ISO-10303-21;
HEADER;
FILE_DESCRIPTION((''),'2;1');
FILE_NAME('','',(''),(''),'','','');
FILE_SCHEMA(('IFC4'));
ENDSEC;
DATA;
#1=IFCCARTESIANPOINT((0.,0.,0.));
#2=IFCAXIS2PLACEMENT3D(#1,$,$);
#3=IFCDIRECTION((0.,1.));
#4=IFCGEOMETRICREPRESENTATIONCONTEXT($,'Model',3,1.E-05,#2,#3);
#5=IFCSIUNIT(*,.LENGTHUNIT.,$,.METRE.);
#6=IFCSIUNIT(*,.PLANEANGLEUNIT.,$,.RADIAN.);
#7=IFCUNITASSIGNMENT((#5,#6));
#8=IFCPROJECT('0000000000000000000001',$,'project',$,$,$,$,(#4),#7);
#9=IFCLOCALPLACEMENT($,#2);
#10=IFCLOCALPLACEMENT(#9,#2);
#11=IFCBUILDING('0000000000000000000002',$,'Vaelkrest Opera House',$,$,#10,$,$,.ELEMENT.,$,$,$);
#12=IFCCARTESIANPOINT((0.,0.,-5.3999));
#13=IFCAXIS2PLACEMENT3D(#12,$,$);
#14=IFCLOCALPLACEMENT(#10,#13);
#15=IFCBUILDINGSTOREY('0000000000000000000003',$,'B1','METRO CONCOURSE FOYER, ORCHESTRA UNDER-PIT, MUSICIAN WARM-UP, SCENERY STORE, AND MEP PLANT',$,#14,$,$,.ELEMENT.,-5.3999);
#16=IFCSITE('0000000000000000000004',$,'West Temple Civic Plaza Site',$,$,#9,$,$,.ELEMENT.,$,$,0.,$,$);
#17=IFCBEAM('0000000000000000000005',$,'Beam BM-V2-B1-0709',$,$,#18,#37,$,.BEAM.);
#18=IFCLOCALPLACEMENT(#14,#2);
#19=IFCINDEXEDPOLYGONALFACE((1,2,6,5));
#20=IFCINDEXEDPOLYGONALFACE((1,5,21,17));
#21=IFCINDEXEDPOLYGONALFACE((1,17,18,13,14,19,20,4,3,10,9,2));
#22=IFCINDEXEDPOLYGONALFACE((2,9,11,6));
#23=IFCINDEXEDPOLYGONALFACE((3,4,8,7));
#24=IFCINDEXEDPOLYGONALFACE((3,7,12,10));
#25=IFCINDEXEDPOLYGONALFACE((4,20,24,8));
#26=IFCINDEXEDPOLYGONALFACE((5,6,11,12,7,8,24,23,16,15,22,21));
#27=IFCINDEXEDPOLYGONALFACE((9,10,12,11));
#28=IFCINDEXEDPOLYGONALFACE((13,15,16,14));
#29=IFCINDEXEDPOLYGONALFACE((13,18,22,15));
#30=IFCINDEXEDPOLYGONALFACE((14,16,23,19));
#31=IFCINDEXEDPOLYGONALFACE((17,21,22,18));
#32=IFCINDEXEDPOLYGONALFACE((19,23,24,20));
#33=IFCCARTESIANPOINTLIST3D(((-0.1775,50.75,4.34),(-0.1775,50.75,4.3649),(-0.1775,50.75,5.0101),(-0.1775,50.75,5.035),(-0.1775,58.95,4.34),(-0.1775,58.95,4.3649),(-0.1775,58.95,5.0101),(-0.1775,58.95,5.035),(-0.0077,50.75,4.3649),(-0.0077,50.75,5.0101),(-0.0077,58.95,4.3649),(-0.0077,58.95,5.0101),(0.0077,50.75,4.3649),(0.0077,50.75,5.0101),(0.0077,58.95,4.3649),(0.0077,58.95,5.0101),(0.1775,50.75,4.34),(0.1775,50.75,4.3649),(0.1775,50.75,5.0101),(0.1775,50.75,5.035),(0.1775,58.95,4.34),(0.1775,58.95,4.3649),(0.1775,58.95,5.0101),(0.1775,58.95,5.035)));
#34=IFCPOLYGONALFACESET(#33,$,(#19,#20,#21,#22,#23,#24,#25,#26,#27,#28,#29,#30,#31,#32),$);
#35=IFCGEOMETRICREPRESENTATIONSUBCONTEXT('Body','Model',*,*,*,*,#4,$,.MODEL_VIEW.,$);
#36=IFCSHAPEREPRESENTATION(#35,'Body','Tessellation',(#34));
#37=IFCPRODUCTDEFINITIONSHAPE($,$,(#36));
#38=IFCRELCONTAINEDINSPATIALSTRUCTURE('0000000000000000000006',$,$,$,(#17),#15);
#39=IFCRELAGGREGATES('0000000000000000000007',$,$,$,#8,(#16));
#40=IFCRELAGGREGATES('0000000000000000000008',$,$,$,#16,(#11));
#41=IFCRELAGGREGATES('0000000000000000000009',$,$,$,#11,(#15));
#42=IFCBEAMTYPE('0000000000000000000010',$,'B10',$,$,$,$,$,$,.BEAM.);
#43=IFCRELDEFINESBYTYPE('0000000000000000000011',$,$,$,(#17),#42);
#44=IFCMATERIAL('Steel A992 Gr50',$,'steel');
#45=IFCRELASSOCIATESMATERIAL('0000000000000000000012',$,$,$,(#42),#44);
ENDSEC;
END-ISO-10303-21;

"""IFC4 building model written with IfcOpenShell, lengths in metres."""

from ifc_helpers import new_model, si_unit, direction, frame, origin, origin_2d, place, context, subcontext, project, spatial, i_section, extrude, material, material_profile, profile_set, type_object, element, save


model = new_model("IFC4")

# Units and contexts
model_context = context("Model", 3, precision=1e-05, world=origin(), true_north=direction((0.0, 1.0)))
body_context = subcontext(model_context, "Body", "Model", "MODEL_VIEW")
ifc_project = project(units=[si_unit("LENGTHUNIT", "METRE"), si_unit("PLANEANGLEUNIT", "RADIAN")], contexts=[model_context])

# Site, building, storey
site_placement = place(None, origin())
site = spatial("IfcSite", under=ifc_project, at=site_placement, Name="West Temple Civic Plaza Site", CompositionType="ELEMENT", RefElevation=0.0)
building_placement = place(site_placement, origin())
building = spatial("IfcBuilding", under=site, at=building_placement, Name="Vaelkrest Opera House", CompositionType="ELEMENT")
storey_placement = place(building_placement, frame((0.0, 0.0, -5.3999)))
storey = spatial("IfcBuildingStorey", under=building, at=storey_placement, Name="B1", Description="METRO CONCOURSE FOYER, ORCHESTRA UNDER-PIT, MUSICIAN WARM-UP, SCENERY STORE, AND MEP PLANT", CompositionType="ELEMENT", Elevation=-5.3999)

# Beam
ifc_material_1 = material(Name="Steel A992 Gr50", Category="steel")
ifc_material_profile_1 = material_profile(ifc_material_1, i_section(OverallWidth=0.355, OverallDepth=0.6951, WebThickness=0.0154, FlangeThickness=0.0249, at=origin_2d()), Name="W27X146")
ifc_profile_set_1 = profile_set([ifc_material_profile_1], Name="Steel A992 Gr50")
beam_type_1 = type_object("IfcBeamType", Name="B10", PredefinedType="BEAM", material=ifc_profile_set_1)
beam_1_placement = place(storey_placement, frame((0.0, 50.75, 4.6875), z_axis=(0.0, 1.0, 0.0), x_axis=(-1.0, 0.0, 0.0)))
element("IfcBeam", 1, at=beam_1_placement, inside=storey, type_object=beam_type_1, Name="Beam BM-V2-B1-0709", PredefinedType="BEAM", context=body_context, shape_type="SweptSolid", body=[
    extrude(i_section(OverallWidth=0.355, OverallDepth=0.6951, WebThickness=0.0154, FlangeThickness=0.0249, at=origin_2d()), origin(), (0.0, 0.0, 1.0), 8.2),
])

save(model, "model.ifc")
